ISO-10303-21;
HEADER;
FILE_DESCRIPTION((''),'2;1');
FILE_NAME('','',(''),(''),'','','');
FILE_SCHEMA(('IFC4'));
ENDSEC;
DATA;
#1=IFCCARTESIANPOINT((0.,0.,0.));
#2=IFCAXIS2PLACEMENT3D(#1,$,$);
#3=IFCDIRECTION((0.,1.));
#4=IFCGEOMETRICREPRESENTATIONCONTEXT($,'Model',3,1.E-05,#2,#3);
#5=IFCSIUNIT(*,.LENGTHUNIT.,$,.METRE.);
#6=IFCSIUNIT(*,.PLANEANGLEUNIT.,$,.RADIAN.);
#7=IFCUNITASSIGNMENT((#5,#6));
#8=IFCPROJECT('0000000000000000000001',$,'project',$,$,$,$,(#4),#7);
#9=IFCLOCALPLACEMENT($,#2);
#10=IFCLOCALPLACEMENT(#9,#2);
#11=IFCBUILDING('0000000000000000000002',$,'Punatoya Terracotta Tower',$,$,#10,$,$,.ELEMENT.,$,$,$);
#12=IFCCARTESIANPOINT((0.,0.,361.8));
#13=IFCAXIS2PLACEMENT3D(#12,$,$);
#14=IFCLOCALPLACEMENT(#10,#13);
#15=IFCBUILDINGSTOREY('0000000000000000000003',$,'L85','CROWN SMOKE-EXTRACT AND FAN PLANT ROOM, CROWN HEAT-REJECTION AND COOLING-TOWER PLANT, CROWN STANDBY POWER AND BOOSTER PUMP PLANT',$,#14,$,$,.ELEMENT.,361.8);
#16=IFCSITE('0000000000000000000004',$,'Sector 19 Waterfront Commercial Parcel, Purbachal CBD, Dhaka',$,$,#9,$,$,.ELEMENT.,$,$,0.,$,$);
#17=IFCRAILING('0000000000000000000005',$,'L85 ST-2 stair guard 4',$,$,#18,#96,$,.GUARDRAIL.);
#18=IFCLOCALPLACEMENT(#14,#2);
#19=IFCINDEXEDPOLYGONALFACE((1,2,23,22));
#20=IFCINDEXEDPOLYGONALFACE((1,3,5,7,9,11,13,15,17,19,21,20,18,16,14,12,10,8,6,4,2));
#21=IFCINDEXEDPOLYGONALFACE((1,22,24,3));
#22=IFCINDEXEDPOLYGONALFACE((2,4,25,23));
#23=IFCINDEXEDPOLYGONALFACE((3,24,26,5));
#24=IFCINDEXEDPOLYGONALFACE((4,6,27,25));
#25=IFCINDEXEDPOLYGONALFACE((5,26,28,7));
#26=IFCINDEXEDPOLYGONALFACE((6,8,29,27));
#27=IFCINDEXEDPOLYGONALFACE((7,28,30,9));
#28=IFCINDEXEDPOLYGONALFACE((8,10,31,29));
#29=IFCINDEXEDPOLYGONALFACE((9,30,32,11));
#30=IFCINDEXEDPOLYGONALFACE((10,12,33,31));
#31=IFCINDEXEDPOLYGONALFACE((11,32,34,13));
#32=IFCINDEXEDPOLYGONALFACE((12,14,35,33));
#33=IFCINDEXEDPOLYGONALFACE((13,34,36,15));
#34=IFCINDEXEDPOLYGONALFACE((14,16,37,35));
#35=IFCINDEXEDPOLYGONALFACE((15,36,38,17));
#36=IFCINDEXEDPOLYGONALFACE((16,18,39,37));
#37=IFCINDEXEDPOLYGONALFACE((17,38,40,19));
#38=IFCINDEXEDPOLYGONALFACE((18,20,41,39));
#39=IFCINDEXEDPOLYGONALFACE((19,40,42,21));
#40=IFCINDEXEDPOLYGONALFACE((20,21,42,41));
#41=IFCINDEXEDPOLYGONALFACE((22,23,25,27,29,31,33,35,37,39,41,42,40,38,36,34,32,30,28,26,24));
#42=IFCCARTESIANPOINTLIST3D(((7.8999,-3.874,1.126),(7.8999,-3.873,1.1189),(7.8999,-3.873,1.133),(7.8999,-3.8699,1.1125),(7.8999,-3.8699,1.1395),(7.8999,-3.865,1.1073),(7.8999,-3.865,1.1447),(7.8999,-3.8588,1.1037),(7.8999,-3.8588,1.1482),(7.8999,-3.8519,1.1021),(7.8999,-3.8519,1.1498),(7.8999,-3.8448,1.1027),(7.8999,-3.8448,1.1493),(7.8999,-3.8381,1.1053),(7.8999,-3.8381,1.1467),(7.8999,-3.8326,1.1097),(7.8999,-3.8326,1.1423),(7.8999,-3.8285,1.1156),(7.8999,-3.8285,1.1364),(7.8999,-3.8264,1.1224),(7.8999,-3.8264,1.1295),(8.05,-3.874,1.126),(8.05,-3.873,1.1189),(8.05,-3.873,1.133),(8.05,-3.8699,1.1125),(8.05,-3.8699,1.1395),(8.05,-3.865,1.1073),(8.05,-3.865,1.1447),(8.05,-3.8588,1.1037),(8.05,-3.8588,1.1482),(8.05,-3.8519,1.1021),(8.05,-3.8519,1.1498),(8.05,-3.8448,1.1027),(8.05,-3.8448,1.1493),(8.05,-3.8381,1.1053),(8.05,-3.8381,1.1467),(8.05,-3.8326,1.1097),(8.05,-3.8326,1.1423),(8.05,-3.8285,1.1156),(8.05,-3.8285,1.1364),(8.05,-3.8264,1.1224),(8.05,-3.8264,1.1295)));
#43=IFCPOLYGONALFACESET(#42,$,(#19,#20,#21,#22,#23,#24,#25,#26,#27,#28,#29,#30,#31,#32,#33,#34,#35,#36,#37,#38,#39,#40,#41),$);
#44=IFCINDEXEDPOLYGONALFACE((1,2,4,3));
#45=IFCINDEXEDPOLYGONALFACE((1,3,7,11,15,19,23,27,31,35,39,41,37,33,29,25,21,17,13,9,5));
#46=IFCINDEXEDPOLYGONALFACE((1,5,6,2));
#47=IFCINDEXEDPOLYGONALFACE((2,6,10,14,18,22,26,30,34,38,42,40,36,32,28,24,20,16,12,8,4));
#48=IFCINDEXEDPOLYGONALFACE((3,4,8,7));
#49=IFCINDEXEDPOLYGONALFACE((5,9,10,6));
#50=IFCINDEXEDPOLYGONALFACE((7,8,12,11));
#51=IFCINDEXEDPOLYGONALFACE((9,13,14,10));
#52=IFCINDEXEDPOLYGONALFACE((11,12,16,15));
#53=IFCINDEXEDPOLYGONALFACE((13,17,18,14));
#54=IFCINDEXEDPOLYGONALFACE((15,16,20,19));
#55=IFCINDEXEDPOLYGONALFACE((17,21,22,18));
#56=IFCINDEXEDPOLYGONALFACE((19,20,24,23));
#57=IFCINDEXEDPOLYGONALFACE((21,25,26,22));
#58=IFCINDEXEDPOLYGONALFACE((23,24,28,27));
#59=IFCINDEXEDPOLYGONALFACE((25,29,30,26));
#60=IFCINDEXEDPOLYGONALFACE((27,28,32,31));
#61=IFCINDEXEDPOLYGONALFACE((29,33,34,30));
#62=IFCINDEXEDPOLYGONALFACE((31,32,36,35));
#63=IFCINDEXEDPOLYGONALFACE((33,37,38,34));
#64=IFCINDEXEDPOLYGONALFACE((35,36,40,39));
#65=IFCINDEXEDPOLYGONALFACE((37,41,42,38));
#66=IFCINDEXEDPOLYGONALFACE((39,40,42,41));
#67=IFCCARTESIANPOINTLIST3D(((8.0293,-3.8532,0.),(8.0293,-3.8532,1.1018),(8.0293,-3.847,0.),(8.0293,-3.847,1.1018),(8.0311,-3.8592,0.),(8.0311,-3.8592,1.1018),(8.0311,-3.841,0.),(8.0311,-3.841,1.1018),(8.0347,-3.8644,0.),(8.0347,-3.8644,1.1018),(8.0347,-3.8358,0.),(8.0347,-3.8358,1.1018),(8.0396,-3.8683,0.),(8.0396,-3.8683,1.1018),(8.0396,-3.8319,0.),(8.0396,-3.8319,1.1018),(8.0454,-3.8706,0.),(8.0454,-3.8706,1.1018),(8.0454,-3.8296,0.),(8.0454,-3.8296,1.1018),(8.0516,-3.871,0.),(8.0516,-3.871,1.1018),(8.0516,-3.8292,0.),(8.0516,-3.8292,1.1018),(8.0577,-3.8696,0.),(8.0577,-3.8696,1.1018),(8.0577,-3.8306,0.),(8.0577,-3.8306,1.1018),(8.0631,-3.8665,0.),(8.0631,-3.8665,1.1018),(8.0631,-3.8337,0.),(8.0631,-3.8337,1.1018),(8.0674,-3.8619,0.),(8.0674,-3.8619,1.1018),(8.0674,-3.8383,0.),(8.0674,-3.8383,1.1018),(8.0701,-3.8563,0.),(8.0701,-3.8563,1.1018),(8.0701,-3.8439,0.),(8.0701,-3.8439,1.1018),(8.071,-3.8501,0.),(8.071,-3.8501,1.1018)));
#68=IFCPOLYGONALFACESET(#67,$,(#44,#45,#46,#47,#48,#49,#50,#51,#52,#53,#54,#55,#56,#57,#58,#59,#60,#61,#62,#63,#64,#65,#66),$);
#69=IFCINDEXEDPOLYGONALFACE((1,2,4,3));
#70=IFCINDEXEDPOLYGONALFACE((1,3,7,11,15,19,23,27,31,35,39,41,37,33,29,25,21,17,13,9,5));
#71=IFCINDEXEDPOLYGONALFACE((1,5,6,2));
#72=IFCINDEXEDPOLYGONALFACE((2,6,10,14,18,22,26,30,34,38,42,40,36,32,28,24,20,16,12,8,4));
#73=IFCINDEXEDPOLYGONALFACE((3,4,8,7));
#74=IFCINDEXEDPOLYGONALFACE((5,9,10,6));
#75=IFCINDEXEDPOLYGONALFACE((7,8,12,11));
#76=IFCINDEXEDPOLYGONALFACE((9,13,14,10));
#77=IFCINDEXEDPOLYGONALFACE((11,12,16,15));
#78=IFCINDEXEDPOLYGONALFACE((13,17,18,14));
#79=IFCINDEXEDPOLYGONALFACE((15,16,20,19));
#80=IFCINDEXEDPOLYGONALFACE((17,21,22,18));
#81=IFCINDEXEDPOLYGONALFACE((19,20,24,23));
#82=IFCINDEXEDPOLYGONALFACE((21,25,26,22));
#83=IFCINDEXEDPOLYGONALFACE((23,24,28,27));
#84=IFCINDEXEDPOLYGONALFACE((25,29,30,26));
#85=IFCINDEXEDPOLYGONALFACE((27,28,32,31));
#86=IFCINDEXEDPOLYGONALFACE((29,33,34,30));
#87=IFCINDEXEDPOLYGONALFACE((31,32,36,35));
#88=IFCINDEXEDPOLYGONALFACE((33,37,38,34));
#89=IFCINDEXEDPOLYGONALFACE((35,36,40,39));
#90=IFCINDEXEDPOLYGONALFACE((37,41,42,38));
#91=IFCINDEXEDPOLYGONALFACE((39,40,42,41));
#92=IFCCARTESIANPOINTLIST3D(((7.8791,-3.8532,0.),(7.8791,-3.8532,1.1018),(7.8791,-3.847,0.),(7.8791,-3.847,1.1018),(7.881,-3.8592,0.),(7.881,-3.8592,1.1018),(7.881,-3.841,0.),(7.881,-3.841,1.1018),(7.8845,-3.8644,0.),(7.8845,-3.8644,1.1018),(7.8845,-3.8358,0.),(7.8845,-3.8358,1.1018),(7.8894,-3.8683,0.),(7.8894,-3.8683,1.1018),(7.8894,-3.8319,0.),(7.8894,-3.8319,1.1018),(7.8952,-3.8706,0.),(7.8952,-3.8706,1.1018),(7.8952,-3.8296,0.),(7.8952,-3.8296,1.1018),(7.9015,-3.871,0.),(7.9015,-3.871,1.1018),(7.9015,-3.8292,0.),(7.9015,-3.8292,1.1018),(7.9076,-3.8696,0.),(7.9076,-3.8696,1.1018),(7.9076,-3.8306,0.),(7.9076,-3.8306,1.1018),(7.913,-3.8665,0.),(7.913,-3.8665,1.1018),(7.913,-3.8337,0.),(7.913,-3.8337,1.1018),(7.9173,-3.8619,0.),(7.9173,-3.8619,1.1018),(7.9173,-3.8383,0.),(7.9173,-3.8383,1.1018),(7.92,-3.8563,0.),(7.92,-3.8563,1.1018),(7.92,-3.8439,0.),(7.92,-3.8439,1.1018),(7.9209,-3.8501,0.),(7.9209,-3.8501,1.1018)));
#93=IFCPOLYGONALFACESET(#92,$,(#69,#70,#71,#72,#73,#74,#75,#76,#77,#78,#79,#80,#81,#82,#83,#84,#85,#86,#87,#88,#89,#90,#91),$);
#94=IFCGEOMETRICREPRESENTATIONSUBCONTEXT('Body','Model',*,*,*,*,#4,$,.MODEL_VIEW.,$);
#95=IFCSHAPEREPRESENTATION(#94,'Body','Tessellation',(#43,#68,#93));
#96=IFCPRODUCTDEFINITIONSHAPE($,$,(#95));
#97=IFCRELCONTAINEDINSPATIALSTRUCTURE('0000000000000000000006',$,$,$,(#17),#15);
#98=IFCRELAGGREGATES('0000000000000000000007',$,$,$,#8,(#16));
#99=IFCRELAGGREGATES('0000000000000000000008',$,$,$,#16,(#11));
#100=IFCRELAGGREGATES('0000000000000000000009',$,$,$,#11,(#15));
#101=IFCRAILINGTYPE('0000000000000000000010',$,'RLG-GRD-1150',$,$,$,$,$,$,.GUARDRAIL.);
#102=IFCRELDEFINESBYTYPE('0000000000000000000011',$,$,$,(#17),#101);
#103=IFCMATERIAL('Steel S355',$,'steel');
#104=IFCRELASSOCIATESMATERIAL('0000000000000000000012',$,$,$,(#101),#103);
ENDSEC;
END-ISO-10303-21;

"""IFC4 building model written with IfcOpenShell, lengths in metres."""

from ifc_helpers import new_model, si_unit, direction, frame, origin, origin_2d, place, context, subcontext, project, spatial, circle, extrude, material, type_object, element, save


model = new_model("IFC4")

# Units and contexts
model_context = context("Model", 3, precision=1e-05, world=origin(), true_north=direction((0.0, 1.0)))
body_context = subcontext(model_context, "Body", "Model", "MODEL_VIEW")
ifc_project = project(units=[si_unit("LENGTHUNIT", "METRE"), si_unit("PLANEANGLEUNIT", "RADIAN")], contexts=[model_context])

# Site, building, storey
site_placement = place(None, origin())
site = spatial("IfcSite", under=ifc_project, at=site_placement, Name="Sector 19 Waterfront Commercial Parcel, Purbachal CBD, Dhaka", CompositionType="ELEMENT", RefElevation=0.0)
building_placement = place(site_placement, origin())
building = spatial("IfcBuilding", under=site, at=building_placement, Name="Punatoya Terracotta Tower", CompositionType="ELEMENT")
storey_placement = place(building_placement, frame((0.0, 0.0, 361.8)))
storey = spatial("IfcBuildingStorey", under=building, at=storey_placement, Name="L85", Description="CROWN SMOKE-EXTRACT AND FAN PLANT ROOM, CROWN HEAT-REJECTION AND COOLING-TOWER PLANT, CROWN STANDBY POWER AND BOOSTER PUMP PLANT", CompositionType="ELEMENT", Elevation=361.8)

# Shared definitions
ifc_material_1 = material(Name="Steel S355", Category="steel")

# Railing
railing_type = type_object("IfcRailingType", Name="RLG-GRD-1150", PredefinedType="GUARDRAIL", material=ifc_material_1)
railing_1_placement = place(storey_placement, frame((8.05, -3.8501, 0.0)))
element("IfcRailing", 1, at=railing_1_placement, inside=storey, type_object=railing_type, Name="L85 ST-2 stair guard 4", PredefinedType="GUARDRAIL", context=body_context, shape_type="SweptSolid", body=[
    extrude(circle(Radius=0.0239, at=origin_2d()), frame((0.0, 0.0, 1.126), z_axis=(-1.0, 0.0, 0.0), x_axis=(0.0, -1.0, 0.0)), (0.0, 0.0, 1.0), 0.1501),
    extrude(circle(Radius=0.021, at=origin_2d()), origin(), (0.0, 0.0, 1.0), 1.1018),
    extrude(circle(Radius=0.021, at=origin_2d()), frame((-0.1501, 0.0, 0.0)), (0.0, 0.0, 1.0), 1.1018),
])

save(model, "model.ifc")
